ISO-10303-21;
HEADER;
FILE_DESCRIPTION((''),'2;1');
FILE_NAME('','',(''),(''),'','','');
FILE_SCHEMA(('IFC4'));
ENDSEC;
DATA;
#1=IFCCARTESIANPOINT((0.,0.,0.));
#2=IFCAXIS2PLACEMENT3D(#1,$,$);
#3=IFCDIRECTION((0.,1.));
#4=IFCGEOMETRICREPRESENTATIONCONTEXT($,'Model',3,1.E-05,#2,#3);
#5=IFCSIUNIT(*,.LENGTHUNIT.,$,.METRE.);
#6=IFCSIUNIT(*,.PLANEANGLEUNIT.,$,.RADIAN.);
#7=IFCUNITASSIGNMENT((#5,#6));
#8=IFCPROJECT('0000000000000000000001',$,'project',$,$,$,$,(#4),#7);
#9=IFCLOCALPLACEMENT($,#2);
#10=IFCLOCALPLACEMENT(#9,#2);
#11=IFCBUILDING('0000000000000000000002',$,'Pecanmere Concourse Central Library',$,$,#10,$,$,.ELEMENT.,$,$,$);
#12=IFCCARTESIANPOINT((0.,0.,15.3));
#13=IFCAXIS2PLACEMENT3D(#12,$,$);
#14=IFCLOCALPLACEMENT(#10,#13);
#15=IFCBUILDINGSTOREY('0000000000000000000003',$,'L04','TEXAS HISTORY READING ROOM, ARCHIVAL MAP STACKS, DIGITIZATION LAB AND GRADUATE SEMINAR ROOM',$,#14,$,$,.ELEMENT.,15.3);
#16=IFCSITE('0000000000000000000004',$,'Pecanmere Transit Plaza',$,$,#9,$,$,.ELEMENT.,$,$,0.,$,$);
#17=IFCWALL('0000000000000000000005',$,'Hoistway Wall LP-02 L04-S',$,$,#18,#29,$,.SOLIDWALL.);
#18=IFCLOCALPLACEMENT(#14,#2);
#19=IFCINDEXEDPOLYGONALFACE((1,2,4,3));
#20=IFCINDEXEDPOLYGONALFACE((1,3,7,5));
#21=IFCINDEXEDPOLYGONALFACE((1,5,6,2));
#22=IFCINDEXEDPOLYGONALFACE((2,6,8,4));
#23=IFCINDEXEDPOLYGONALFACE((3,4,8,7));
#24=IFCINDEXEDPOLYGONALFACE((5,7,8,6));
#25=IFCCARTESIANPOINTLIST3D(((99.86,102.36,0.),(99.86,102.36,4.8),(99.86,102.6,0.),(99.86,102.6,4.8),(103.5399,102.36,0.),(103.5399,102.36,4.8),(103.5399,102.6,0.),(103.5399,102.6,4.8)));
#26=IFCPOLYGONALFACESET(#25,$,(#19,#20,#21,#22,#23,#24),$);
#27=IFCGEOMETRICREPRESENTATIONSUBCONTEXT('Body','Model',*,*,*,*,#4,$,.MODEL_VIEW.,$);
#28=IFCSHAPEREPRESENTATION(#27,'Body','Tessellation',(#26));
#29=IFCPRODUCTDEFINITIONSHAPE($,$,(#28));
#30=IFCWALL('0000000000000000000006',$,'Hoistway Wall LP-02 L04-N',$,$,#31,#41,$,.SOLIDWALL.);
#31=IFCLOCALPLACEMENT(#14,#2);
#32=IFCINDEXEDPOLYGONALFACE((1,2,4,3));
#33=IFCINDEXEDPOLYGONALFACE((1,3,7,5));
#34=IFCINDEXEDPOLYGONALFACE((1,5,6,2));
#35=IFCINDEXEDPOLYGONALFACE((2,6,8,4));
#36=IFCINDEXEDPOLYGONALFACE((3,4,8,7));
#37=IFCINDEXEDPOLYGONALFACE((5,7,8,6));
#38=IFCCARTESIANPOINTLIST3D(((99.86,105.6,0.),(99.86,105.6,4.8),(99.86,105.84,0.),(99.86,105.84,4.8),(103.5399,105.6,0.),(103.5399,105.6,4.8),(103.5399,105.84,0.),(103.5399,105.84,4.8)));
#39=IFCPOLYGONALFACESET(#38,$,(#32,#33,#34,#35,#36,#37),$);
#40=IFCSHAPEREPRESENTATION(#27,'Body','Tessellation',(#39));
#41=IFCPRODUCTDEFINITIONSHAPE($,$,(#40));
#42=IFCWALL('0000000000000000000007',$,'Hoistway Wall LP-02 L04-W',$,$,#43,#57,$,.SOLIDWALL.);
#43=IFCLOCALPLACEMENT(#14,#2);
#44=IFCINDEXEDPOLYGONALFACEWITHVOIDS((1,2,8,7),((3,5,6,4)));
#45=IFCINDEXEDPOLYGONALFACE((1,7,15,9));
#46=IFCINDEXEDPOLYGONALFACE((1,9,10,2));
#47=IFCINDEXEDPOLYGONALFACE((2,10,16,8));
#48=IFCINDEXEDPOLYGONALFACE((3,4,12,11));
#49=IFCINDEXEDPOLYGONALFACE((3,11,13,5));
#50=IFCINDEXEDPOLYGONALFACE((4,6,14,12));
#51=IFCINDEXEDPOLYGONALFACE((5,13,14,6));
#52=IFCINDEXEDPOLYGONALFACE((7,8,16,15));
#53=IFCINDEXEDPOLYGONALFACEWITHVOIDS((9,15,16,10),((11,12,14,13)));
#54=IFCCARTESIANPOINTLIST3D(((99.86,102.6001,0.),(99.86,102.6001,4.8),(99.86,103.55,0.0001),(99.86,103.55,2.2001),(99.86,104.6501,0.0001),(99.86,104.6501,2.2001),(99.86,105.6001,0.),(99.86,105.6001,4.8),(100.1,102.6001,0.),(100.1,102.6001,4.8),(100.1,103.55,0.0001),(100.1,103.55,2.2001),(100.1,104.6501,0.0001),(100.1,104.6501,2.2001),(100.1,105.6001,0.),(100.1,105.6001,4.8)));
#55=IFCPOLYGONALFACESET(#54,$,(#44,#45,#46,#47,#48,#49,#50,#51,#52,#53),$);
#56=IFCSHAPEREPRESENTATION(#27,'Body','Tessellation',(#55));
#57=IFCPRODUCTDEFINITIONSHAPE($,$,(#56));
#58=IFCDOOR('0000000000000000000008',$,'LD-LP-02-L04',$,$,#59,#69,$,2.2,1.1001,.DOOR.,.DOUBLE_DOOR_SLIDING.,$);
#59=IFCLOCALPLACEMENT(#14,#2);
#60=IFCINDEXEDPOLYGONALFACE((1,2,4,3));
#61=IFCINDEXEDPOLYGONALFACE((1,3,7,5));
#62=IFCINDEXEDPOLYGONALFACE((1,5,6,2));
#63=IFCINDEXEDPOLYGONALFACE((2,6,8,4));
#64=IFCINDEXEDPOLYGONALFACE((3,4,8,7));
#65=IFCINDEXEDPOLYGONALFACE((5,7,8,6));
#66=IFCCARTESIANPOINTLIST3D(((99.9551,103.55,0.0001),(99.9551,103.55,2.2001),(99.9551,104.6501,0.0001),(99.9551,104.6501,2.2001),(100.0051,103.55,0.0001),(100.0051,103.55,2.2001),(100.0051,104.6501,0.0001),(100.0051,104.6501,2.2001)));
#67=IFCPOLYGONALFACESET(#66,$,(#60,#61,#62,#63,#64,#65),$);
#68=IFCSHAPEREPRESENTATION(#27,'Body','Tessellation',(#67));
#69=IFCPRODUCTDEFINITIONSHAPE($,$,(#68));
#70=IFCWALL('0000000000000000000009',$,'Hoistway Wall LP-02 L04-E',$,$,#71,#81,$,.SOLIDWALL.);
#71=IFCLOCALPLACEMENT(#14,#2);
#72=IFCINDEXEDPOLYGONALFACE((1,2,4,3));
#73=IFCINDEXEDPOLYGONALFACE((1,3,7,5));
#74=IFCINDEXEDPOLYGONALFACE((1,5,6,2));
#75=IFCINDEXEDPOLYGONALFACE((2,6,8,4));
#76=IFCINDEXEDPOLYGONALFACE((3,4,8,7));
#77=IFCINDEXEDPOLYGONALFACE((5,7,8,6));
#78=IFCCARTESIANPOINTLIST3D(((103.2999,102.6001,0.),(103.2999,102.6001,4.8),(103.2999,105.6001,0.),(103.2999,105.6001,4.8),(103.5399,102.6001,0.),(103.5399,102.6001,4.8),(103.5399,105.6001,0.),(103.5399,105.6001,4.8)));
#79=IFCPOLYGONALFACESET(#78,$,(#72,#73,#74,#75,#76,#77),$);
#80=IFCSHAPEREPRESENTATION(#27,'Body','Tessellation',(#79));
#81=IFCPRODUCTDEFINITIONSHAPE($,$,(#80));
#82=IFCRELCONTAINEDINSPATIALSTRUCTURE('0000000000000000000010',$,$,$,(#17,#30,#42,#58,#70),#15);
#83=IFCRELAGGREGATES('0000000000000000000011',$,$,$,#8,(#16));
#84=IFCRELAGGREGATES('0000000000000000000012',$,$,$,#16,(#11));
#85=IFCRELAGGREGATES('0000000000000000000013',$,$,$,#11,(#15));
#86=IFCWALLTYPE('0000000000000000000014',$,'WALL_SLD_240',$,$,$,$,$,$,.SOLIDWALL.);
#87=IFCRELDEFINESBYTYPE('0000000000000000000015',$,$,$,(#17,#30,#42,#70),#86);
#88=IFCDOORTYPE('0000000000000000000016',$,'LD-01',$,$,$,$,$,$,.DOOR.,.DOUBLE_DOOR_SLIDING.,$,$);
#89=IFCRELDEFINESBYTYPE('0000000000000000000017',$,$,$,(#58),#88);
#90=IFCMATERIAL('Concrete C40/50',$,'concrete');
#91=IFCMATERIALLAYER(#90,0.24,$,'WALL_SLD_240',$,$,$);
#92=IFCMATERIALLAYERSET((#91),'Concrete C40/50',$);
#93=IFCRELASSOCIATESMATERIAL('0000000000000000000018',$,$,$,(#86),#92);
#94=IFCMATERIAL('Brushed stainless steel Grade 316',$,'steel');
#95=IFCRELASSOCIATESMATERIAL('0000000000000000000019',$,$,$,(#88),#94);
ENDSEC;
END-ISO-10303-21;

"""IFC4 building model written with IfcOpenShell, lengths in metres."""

from ifc_helpers import new_model, si_unit, direction, frame, frame_2d, origin, place, context, subcontext, project, spatial, rectangle, extrude, material, layer, layer_set, type_object, element, fill, save


model = new_model("IFC4")

# Units and contexts
model_context = context("Model", 3, precision=1e-05, world=origin(), true_north=direction((0.0, 1.0)))
body_context = subcontext(model_context, "Body", "Model", "MODEL_VIEW")
ifc_project = project(units=[si_unit("LENGTHUNIT", "METRE"), si_unit("PLANEANGLEUNIT", "RADIAN")], contexts=[model_context])

# Site, building, storey
site_placement = place(None, origin())
site = spatial("IfcSite", under=ifc_project, at=site_placement, Name="Pecanmere Transit Plaza", CompositionType="ELEMENT", RefElevation=0.0)
building_placement = place(site_placement, origin())
building = spatial("IfcBuilding", under=site, at=building_placement, Name="Pecanmere Concourse Central Library", CompositionType="ELEMENT")
storey_placement = place(building_placement, frame((0.0, 0.0, 15.3)))
storey = spatial("IfcBuildingStorey", under=building, at=storey_placement, Name="L04", Description="TEXAS HISTORY READING ROOM, ARCHIVAL MAP STACKS, DIGITIZATION LAB AND GRADUATE SEMINAR ROOM", CompositionType="ELEMENT", Elevation=15.3)

# Shared definitions
ifc_material_1 = material(Name="Concrete C40/50", Category="concrete")
ifc_layer_1 = layer(ifc_material_1, 0.24, Name="WALL_SLD_240")
ifc_layer_set_1 = layer_set([ifc_layer_1], Name="Concrete C40/50")
wall_type_1 = type_object("IfcWallType", Name="WALL_SLD_240", PredefinedType="SOLIDWALL", material=ifc_layer_set_1)

# Walls
for number, where, z_axis, x_axis, name in (
    (1, (99.8601, 102.48, 0.0), (0.0, 0.0, 1.0), (1.0, 0.0, 0.0), "Hoistway Wall LP-02 L04-S"),
    (2, (99.8601, 105.72, 0.0), (0.0, 0.0, 1.0), (1.0, 0.0, 0.0), "Hoistway Wall LP-02 L04-N"),
):
    element("IfcWall", number, at=place(storey_placement, frame(where, z_axis=z_axis, x_axis=x_axis)), inside=storey, type_object=wall_type_1, Name=name, PredefinedType="SOLIDWALL", context=body_context, shape_type="SweptSolid", body=[
        extrude(rectangle(XDim=3.6799, YDim=0.24, at=frame_2d((1.8398, 0.0))), origin(), (0.0, 0.0, 1.0), 4.8),
    ])

# Wall, opening, door
wall_1_placement = place(storey_placement, frame((99.98, 102.6001, 0.0), z_axis=(0.0, 0.0, 1.0), x_axis=(0.0, 1.0, 0.0)))
wall_1 = element("IfcWall", 3, at=wall_1_placement, inside=storey, type_object=wall_type_1, Name="Hoistway Wall LP-02 L04-W", PredefinedType="SOLIDWALL", context=body_context, shape_type="SweptSolid", body=[
    extrude(rectangle(XDim=3.0, YDim=0.24, at=frame_2d((1.5, 0.0))), origin(), (0.0, 0.0, 1.0), 4.8),
])
opening_1_placement = place(wall_1_placement, frame((0.95, 0.0, 0.0)))
opening_1 = element("IfcOpeningElement", 4, at=opening_1_placement, cuts=wall_1, PredefinedType="OPENING", context=body_context, shape_type="SweptSolid", body=[
    extrude(rectangle(XDim=1.1001, YDim=2.2, at=frame_2d((0.55, 1.1001))), frame((0.0, 0.1318, 0.0), z_axis=(0.0, -1.0, 0.0), x_axis=(1.0, 0.0, 0.0)), (0.0, 0.0, 1.0), 0.2639),
])
ifc_material_2 = material(Name="Brushed stainless steel Grade 316", Category="steel")
door_type_1 = type_object("IfcDoorType", Name="LD-01", OperationType="DOUBLE_DOOR_SLIDING", PredefinedType="DOOR", material=ifc_material_2)
door_1_placement = place(opening_1_placement, origin())
door_1 = element("IfcDoor", 5, at=door_1_placement, inside=storey, type_object=door_type_1, Name="LD-LP-02-L04", OperationType="DOUBLE_DOOR_SLIDING", OverallHeight=2.2, OverallWidth=1.1001, PredefinedType="DOOR", context=body_context, shape_type="SweptSolid", body=[
    extrude(rectangle(XDim=1.1001, YDim=2.2, at=frame_2d((0.55, 1.1001))), frame((0.0, 0.0249, 0.0), z_axis=(0.0, -1.0, 0.0), x_axis=(1.0, 0.0, 0.0)), (0.0, 0.0, 1.0), 0.05),
])
fill(opening_1, door_1)

# Wall
wall_2_placement = place(storey_placement, frame((103.4199, 102.6001, 0.0), z_axis=(0.0, 0.0, 1.0), x_axis=(0.0, 1.0, 0.0)))
element("IfcWall", 6, at=wall_2_placement, inside=storey, type_object=wall_type_1, Name="Hoistway Wall LP-02 L04-E", PredefinedType="SOLIDWALL", context=body_context, shape_type="SweptSolid", body=[
    extrude(rectangle(XDim=3.0, YDim=0.24, at=frame_2d((1.5, 0.0))), origin(), (0.0, 0.0, 1.0), 4.8),
])

save(model, "model.ifc")
